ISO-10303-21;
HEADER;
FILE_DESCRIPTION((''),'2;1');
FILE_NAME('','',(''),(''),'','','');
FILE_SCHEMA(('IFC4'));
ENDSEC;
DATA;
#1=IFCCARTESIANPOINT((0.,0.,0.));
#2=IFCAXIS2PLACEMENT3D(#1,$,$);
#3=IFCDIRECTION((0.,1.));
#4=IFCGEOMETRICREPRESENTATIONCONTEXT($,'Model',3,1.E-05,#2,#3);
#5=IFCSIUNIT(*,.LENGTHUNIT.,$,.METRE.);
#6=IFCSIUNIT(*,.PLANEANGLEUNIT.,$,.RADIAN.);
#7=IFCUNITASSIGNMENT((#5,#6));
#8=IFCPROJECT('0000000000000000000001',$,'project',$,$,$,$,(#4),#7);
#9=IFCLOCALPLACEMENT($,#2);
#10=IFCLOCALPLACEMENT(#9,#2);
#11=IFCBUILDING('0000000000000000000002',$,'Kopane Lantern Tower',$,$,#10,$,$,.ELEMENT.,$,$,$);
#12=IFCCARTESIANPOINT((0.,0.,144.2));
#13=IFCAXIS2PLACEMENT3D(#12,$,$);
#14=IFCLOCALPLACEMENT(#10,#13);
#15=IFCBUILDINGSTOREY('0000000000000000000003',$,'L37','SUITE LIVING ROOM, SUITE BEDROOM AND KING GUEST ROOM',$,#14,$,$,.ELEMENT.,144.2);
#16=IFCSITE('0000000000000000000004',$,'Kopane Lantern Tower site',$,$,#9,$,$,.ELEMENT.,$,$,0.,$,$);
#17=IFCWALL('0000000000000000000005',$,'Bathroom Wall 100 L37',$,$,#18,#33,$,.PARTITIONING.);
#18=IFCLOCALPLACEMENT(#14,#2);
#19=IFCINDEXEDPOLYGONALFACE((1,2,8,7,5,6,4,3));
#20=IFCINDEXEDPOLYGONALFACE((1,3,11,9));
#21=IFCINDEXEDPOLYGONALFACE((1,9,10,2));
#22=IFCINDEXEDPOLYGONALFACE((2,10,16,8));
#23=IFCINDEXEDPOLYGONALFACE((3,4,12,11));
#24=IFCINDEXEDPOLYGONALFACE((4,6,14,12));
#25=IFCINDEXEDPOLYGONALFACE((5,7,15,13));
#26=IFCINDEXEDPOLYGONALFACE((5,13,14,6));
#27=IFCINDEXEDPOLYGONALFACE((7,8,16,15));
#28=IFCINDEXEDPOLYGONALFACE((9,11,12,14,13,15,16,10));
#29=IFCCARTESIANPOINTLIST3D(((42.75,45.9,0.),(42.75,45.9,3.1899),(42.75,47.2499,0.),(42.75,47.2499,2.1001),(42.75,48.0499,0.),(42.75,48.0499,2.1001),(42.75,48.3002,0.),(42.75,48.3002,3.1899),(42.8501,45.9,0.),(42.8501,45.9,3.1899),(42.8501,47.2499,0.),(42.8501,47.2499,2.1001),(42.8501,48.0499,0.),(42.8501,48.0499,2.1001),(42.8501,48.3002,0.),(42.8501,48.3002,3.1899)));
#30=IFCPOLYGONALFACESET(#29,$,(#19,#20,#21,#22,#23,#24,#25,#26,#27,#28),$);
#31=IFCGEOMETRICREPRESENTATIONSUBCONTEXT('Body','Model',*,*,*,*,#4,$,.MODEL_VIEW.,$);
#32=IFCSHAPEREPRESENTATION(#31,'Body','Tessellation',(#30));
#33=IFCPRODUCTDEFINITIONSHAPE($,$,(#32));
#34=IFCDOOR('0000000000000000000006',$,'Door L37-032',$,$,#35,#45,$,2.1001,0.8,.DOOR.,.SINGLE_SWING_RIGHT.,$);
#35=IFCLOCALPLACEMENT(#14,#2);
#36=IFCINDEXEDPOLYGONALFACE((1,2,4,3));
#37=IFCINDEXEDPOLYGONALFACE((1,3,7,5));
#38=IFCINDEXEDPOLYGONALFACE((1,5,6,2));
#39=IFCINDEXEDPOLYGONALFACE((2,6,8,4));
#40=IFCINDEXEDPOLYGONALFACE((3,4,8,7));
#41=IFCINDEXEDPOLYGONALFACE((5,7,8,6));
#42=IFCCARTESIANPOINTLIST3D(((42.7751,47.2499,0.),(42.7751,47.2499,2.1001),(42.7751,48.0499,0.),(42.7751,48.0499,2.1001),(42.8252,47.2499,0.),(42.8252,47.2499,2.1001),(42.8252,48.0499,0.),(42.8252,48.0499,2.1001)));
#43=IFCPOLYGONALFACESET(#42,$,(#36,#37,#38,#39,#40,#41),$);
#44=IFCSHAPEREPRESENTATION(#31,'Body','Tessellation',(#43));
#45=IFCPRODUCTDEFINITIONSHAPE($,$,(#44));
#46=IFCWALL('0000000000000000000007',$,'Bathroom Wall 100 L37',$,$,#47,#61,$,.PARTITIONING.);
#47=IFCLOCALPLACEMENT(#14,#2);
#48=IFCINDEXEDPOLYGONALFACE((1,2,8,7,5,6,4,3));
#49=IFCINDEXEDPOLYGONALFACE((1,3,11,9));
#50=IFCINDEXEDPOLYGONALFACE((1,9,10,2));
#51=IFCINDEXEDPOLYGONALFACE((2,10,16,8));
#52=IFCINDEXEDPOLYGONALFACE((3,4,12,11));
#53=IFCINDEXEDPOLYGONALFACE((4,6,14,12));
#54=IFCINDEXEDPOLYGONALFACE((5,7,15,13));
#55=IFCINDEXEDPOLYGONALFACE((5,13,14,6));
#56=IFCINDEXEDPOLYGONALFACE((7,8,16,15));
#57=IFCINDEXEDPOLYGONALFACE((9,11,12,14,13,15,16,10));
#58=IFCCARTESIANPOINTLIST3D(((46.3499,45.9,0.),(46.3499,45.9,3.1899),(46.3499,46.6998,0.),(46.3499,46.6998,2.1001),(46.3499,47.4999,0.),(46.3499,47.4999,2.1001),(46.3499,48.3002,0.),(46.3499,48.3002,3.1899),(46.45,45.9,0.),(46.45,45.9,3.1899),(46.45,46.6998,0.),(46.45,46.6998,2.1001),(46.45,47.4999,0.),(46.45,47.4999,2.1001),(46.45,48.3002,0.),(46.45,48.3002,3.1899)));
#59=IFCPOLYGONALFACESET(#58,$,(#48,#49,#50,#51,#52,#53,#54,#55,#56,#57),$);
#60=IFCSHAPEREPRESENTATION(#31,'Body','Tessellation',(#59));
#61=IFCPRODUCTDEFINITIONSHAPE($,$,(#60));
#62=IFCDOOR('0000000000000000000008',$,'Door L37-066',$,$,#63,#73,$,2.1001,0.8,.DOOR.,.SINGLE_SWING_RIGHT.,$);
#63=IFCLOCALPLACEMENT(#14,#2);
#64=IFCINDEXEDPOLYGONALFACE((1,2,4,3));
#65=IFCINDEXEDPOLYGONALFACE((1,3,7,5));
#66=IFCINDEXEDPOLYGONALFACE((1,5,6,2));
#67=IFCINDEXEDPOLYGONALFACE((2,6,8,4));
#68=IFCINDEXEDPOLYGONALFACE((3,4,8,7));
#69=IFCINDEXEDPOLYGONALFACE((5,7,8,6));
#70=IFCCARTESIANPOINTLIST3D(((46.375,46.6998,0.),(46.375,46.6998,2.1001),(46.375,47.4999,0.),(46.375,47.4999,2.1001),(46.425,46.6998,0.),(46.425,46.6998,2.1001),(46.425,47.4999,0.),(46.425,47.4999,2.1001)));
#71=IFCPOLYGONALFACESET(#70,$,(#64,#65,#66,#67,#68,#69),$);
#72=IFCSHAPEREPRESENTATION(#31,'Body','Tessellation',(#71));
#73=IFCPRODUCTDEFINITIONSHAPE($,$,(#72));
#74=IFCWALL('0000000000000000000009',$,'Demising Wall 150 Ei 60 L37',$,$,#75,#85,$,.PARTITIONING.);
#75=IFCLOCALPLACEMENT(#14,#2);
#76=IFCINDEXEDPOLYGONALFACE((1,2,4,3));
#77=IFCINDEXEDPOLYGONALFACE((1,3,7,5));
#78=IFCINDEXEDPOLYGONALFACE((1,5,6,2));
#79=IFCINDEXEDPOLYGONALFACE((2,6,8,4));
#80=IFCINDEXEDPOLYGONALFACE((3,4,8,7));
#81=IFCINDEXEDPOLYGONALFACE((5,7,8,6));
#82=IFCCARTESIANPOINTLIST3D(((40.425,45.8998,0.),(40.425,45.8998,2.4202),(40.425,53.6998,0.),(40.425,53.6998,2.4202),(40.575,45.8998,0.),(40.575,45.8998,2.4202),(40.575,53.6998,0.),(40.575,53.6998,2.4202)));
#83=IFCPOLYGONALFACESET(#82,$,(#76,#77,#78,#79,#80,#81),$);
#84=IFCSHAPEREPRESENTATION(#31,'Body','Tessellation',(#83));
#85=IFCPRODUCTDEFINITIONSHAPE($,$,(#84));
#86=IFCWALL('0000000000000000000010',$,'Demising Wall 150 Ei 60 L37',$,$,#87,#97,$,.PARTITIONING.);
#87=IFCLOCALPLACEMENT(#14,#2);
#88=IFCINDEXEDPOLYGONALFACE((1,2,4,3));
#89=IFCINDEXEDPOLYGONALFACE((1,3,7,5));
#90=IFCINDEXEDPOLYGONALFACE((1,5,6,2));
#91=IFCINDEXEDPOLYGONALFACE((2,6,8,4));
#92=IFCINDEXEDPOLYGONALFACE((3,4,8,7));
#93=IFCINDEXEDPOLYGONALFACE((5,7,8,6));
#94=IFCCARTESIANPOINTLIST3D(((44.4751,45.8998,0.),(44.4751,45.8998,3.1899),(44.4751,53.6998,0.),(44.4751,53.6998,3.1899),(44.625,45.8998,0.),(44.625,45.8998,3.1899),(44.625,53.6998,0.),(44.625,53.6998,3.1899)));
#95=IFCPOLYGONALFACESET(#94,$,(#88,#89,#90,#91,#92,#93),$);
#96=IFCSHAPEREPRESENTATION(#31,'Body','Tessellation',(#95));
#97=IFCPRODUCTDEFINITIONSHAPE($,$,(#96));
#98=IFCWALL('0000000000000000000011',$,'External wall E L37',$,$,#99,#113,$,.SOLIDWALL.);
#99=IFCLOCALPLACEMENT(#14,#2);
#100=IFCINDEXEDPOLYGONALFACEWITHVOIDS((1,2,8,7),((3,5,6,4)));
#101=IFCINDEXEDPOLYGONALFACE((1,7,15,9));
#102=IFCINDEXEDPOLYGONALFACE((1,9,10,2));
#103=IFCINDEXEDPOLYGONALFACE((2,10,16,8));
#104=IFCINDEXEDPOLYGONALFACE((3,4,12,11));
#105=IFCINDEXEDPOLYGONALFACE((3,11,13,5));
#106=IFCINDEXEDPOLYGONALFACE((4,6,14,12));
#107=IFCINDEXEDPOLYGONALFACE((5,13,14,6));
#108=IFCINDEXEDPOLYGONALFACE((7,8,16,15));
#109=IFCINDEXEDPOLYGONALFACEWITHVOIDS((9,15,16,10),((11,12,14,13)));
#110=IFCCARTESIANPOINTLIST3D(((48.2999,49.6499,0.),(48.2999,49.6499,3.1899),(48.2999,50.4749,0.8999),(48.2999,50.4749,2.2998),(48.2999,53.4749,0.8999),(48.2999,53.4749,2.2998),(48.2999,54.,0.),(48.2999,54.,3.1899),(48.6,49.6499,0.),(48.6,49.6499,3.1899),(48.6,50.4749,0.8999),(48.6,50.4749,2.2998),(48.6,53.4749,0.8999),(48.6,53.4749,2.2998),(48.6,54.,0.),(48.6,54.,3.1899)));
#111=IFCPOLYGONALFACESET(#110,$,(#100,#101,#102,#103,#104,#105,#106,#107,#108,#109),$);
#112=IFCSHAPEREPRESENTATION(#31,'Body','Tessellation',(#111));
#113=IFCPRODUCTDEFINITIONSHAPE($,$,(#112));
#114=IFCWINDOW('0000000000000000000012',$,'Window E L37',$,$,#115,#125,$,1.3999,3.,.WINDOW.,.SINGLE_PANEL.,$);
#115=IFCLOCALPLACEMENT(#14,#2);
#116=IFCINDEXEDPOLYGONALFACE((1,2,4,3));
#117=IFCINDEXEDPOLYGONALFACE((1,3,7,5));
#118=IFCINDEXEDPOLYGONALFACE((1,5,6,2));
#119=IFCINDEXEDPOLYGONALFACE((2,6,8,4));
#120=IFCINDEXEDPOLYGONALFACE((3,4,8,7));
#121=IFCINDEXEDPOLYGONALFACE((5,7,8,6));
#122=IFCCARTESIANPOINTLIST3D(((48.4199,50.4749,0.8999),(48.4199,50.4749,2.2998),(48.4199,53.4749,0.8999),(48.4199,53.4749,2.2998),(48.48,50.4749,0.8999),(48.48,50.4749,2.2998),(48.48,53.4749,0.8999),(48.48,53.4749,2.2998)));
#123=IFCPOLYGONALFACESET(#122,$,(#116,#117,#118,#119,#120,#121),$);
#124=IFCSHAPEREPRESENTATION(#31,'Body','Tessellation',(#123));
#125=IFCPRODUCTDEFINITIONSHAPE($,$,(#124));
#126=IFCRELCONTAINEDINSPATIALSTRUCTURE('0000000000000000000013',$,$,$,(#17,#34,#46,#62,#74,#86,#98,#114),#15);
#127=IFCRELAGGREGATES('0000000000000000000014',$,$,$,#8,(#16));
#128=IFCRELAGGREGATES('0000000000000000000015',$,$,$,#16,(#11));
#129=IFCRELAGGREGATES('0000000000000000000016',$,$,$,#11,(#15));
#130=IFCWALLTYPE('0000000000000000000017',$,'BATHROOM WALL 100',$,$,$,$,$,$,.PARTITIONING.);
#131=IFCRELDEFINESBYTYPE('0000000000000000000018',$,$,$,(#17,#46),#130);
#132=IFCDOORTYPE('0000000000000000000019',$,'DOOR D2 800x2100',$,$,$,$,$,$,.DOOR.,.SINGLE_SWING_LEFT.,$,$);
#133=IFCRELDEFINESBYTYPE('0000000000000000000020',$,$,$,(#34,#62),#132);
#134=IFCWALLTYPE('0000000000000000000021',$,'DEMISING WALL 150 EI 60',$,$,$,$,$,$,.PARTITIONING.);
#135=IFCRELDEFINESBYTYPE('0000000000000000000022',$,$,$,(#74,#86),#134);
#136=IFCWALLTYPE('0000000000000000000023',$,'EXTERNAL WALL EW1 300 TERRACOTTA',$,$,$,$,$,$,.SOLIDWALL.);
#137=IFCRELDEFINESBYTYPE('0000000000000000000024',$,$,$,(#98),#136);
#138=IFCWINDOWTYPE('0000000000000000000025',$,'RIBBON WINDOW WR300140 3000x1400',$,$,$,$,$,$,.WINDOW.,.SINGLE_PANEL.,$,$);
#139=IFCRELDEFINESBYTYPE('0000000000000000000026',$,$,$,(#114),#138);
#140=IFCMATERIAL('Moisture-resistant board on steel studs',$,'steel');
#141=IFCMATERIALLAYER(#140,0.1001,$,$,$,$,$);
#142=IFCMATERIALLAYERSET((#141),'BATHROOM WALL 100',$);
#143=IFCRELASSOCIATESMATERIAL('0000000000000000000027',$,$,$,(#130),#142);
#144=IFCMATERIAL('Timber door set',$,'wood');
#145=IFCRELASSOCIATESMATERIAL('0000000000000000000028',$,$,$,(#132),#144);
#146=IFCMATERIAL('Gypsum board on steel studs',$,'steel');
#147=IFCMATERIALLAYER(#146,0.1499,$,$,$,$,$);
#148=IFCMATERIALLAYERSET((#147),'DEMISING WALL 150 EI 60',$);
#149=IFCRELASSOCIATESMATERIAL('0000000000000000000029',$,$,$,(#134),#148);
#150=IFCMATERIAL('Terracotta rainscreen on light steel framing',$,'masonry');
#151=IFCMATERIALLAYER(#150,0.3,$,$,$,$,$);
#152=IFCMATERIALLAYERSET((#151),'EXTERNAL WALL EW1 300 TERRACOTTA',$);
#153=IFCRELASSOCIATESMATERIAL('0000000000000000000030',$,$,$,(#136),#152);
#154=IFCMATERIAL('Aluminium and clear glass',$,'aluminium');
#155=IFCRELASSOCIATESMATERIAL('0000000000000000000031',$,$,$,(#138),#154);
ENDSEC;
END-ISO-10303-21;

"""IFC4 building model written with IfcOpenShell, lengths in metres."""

from ifc_helpers import new_model, si_unit, direction, frame, frame_2d, origin, place, context, subcontext, project, spatial, rectangle, extrude, material, layer, layer_set, type_object, element, fill, save


model = new_model("IFC4")

# Units and contexts
model_context = context("Model", 3, precision=1e-05, world=origin(), true_north=direction((0.0, 1.0)))
body_context = subcontext(model_context, "Body", "Model", "MODEL_VIEW")
ifc_project = project(units=[si_unit("LENGTHUNIT", "METRE"), si_unit("PLANEANGLEUNIT", "RADIAN")], contexts=[model_context])

# Site, building, storey
site_placement = place(None, origin())
site = spatial("IfcSite", under=ifc_project, at=site_placement, Name="Kopane Lantern Tower site", CompositionType="ELEMENT", RefElevation=0.0)
building_placement = place(site_placement, origin())
building = spatial("IfcBuilding", under=site, at=building_placement, Name="Kopane Lantern Tower", CompositionType="ELEMENT")
storey_placement = place(building_placement, frame((0.0, 0.0, 144.2)))
storey = spatial("IfcBuildingStorey", under=building, at=storey_placement, Name="L37", Description="SUITE LIVING ROOM, SUITE BEDROOM AND KING GUEST ROOM", CompositionType="ELEMENT", Elevation=144.2)

# Walls, openings, doors
ifc_material_1 = material(Name="Moisture-resistant board on steel studs", Category="steel")
ifc_layer_1 = layer(ifc_material_1, 0.1001)
ifc_layer_set_1 = layer_set([ifc_layer_1], Name="BATHROOM WALL 100")
wall_type_1 = type_object("IfcWallType", Name="BATHROOM WALL 100", PredefinedType="PARTITIONING", material=ifc_layer_set_1)
wall_1_placement = place(storey_placement, frame((42.8, 45.8999, 0.0), z_axis=(0.0, 0.0, 1.0), x_axis=(0.0, 1.0, 0.0)))
wall_1 = element("IfcWall", 1, at=wall_1_placement, inside=storey, type_object=wall_type_1, Name="Bathroom Wall 100 L37", PredefinedType="PARTITIONING", context=body_context, shape_type="SweptSolid", body=[
    extrude(rectangle(XDim=2.4001, YDim=0.1001, at=frame_2d((1.2002, 0.0))), origin(), (0.0, 0.0, 1.0), 3.1899),
])
opening_1_placement = place(wall_1_placement, frame((1.3501, 0.0, 0.0)))
opening_1 = element("IfcOpeningElement", 2, at=opening_1_placement, cuts=wall_1, PredefinedType="OPENING", context=body_context, shape_type="SweptSolid", body=[
    extrude(rectangle(XDim=0.8, YDim=2.1001, at=frame_2d((0.3999, 1.05))), frame((0.0, 0.0601, 0.0), z_axis=(0.0, -1.0, 0.0), x_axis=(1.0, 0.0, 0.0)), (0.0, 0.0, 1.0), 0.1201),
])
ifc_material_2 = material(Name="Timber door set", Category="wood")
door_type_1 = type_object("IfcDoorType", Name="DOOR D2 800x2100", OperationType="SINGLE_SWING_LEFT", PredefinedType="DOOR", material=ifc_material_2)
door_1_placement = place(opening_1_placement, origin())
door_1 = element("IfcDoor", 3, at=door_1_placement, inside=storey, type_object=door_type_1, Name="Door L37-032", OperationType="SINGLE_SWING_RIGHT", OverallHeight=2.1001, OverallWidth=0.8, PredefinedType="DOOR", context=body_context, shape_type="SweptSolid", body=[
    extrude(rectangle(XDim=0.8, YDim=2.1001, at=frame_2d((0.3999, 1.05))), frame((0.0, 0.0249, 0.0), z_axis=(0.0, -1.0, 0.0), x_axis=(1.0, 0.0, 0.0)), (0.0, 0.0, 1.0), 0.05),
])
fill(opening_1, door_1)
wall_2_placement = place(storey_placement, frame((46.3999, 45.8999, 0.0), z_axis=(0.0, 0.0, 1.0), x_axis=(0.0, 1.0, 0.0)))
wall_2 = element("IfcWall", 4, at=wall_2_placement, inside=storey, type_object=wall_type_1, Name="Bathroom Wall 100 L37", PredefinedType="PARTITIONING", context=body_context, shape_type="SweptSolid", body=[
    extrude(rectangle(XDim=2.4001, YDim=0.1001, at=frame_2d((1.2002, 0.0))), origin(), (0.0, 0.0, 1.0), 3.1899),
])
opening_2_placement = place(wall_2_placement, frame((0.8, 0.0, 0.0)))
opening_2 = element("IfcOpeningElement", 5, at=opening_2_placement, cuts=wall_2, PredefinedType="OPENING", context=body_context, shape_type="SweptSolid", body=[
    extrude(rectangle(XDim=0.8, YDim=2.1001, at=frame_2d((0.3999, 1.05))), frame((0.0, 0.0601, 0.0), z_axis=(0.0, -1.0, 0.0), x_axis=(1.0, 0.0, 0.0)), (0.0, 0.0, 1.0), 0.1201),
])
door_2_placement = place(opening_2_placement, origin())
door_2 = element("IfcDoor", 6, at=door_2_placement, inside=storey, type_object=door_type_1, Name="Door L37-066", OperationType="SINGLE_SWING_RIGHT", OverallHeight=2.1001, OverallWidth=0.8, PredefinedType="DOOR", context=body_context, shape_type="SweptSolid", body=[
    extrude(rectangle(XDim=0.8, YDim=2.1001, at=frame_2d((0.3999, 1.05))), frame((0.0, 0.0249, 0.0), z_axis=(0.0, -1.0, 0.0), x_axis=(1.0, 0.0, 0.0)), (0.0, 0.0, 1.0), 0.05),
])
fill(opening_2, door_2)

# Walls
ifc_material_3 = material(Name="Gypsum board on steel studs", Category="steel")
ifc_layer_2 = layer(ifc_material_3, 0.1499)
ifc_layer_set_2 = layer_set([ifc_layer_2], Name="DEMISING WALL 150 EI 60")
wall_type_2 = type_object("IfcWallType", Name="DEMISING WALL 150 EI 60", PredefinedType="PARTITIONING", material=ifc_layer_set_2)
wall_3_placement = place(storey_placement, frame((40.5, 45.8999, 0.0), z_axis=(0.0, 0.0, 1.0), x_axis=(0.0, 1.0, 0.0)))
element("IfcWall", 7, at=wall_3_placement, inside=storey, type_object=wall_type_2, Name="Demising Wall 150 Ei 60 L37", PredefinedType="PARTITIONING", context=body_context, shape_type="SweptSolid", body=[
    extrude(rectangle(XDim=7.8, YDim=0.1499, at=frame_2d((3.8999, 0.0))), origin(), (0.0, 0.0, 1.0), 2.4202),
])
wall_4_placement = place(storey_placement, frame((44.55, 45.8999, 0.0), z_axis=(0.0, 0.0, 1.0), x_axis=(0.0, 1.0, 0.0)))
element("IfcWall", 8, at=wall_4_placement, inside=storey, type_object=wall_type_2, Name="Demising Wall 150 Ei 60 L37", PredefinedType="PARTITIONING", context=body_context, shape_type="SweptSolid", body=[
    extrude(rectangle(XDim=7.8, YDim=0.1499, at=frame_2d((3.8999, 0.0))), origin(), (0.0, 0.0, 1.0), 3.1899),
])

# Wall, opening, window
ifc_material_4 = material(Name="Terracotta rainscreen on light steel framing", Category="masonry")
ifc_layer_3 = layer(ifc_material_4, 0.3)
ifc_layer_set_3 = layer_set([ifc_layer_3], Name="EXTERNAL WALL EW1 300 TERRACOTTA")
wall_type_3 = type_object("IfcWallType", Name="EXTERNAL WALL EW1 300 TERRACOTTA", PredefinedType="SOLIDWALL", material=ifc_layer_set_3)
wall_5_placement = place(storey_placement, frame((48.45, 49.6499, 0.0), z_axis=(0.0, 0.0, 1.0), x_axis=(0.0, 1.0, 0.0)))
wall_5 = element("IfcWall", 9, at=wall_5_placement, inside=storey, type_object=wall_type_3, Name="External wall E L37", PredefinedType="SOLIDWALL", context=body_context, shape_type="SweptSolid", body=[
    extrude(rectangle(XDim=4.3501, YDim=0.3, at=frame_2d((2.175, 0.0))), origin(), (0.0, 0.0, 1.0), 3.1899),
])
opening_3_placement = place(wall_5_placement, frame((0.825, 0.0, 0.8999)))
opening_3 = element("IfcOpeningElement", 10, at=opening_3_placement, cuts=wall_5, PredefinedType="OPENING", context=body_context, shape_type="SweptSolid", body=[
    extrude(rectangle(XDim=3.0, YDim=1.3999, at=frame_2d((1.5, 0.7))), frame((0.0, 0.1599, 0.0), z_axis=(0.0, -1.0, 0.0), x_axis=(1.0, 0.0, 0.0)), (0.0, 0.0, 1.0), 0.3201),
])
ifc_material_5 = material(Name="Aluminium and clear glass", Category="aluminium")
window_type = type_object("IfcWindowType", Name="RIBBON WINDOW WR300140 3000x1400", PartitioningType="SINGLE_PANEL", PredefinedType="WINDOW", material=ifc_material_5)
window_1_placement = place(opening_3_placement, origin())
window_1 = element("IfcWindow", 11, at=window_1_placement, inside=storey, type_object=window_type, Name="Window E L37", OverallHeight=1.3999, OverallWidth=3.0, PartitioningType="SINGLE_PANEL", PredefinedType="WINDOW", context=body_context, shape_type="SweptSolid", body=[
    extrude(rectangle(XDim=3.0, YDim=1.3999, at=frame_2d((1.5, 0.7))), frame((0.0, 0.03, 0.0), z_axis=(0.0, -1.0, 0.0), x_axis=(1.0, 0.0, 0.0)), (0.0, 0.0, 1.0), 0.0601),
])
fill(opening_3, window_1)

save(model, "model.ifc")
